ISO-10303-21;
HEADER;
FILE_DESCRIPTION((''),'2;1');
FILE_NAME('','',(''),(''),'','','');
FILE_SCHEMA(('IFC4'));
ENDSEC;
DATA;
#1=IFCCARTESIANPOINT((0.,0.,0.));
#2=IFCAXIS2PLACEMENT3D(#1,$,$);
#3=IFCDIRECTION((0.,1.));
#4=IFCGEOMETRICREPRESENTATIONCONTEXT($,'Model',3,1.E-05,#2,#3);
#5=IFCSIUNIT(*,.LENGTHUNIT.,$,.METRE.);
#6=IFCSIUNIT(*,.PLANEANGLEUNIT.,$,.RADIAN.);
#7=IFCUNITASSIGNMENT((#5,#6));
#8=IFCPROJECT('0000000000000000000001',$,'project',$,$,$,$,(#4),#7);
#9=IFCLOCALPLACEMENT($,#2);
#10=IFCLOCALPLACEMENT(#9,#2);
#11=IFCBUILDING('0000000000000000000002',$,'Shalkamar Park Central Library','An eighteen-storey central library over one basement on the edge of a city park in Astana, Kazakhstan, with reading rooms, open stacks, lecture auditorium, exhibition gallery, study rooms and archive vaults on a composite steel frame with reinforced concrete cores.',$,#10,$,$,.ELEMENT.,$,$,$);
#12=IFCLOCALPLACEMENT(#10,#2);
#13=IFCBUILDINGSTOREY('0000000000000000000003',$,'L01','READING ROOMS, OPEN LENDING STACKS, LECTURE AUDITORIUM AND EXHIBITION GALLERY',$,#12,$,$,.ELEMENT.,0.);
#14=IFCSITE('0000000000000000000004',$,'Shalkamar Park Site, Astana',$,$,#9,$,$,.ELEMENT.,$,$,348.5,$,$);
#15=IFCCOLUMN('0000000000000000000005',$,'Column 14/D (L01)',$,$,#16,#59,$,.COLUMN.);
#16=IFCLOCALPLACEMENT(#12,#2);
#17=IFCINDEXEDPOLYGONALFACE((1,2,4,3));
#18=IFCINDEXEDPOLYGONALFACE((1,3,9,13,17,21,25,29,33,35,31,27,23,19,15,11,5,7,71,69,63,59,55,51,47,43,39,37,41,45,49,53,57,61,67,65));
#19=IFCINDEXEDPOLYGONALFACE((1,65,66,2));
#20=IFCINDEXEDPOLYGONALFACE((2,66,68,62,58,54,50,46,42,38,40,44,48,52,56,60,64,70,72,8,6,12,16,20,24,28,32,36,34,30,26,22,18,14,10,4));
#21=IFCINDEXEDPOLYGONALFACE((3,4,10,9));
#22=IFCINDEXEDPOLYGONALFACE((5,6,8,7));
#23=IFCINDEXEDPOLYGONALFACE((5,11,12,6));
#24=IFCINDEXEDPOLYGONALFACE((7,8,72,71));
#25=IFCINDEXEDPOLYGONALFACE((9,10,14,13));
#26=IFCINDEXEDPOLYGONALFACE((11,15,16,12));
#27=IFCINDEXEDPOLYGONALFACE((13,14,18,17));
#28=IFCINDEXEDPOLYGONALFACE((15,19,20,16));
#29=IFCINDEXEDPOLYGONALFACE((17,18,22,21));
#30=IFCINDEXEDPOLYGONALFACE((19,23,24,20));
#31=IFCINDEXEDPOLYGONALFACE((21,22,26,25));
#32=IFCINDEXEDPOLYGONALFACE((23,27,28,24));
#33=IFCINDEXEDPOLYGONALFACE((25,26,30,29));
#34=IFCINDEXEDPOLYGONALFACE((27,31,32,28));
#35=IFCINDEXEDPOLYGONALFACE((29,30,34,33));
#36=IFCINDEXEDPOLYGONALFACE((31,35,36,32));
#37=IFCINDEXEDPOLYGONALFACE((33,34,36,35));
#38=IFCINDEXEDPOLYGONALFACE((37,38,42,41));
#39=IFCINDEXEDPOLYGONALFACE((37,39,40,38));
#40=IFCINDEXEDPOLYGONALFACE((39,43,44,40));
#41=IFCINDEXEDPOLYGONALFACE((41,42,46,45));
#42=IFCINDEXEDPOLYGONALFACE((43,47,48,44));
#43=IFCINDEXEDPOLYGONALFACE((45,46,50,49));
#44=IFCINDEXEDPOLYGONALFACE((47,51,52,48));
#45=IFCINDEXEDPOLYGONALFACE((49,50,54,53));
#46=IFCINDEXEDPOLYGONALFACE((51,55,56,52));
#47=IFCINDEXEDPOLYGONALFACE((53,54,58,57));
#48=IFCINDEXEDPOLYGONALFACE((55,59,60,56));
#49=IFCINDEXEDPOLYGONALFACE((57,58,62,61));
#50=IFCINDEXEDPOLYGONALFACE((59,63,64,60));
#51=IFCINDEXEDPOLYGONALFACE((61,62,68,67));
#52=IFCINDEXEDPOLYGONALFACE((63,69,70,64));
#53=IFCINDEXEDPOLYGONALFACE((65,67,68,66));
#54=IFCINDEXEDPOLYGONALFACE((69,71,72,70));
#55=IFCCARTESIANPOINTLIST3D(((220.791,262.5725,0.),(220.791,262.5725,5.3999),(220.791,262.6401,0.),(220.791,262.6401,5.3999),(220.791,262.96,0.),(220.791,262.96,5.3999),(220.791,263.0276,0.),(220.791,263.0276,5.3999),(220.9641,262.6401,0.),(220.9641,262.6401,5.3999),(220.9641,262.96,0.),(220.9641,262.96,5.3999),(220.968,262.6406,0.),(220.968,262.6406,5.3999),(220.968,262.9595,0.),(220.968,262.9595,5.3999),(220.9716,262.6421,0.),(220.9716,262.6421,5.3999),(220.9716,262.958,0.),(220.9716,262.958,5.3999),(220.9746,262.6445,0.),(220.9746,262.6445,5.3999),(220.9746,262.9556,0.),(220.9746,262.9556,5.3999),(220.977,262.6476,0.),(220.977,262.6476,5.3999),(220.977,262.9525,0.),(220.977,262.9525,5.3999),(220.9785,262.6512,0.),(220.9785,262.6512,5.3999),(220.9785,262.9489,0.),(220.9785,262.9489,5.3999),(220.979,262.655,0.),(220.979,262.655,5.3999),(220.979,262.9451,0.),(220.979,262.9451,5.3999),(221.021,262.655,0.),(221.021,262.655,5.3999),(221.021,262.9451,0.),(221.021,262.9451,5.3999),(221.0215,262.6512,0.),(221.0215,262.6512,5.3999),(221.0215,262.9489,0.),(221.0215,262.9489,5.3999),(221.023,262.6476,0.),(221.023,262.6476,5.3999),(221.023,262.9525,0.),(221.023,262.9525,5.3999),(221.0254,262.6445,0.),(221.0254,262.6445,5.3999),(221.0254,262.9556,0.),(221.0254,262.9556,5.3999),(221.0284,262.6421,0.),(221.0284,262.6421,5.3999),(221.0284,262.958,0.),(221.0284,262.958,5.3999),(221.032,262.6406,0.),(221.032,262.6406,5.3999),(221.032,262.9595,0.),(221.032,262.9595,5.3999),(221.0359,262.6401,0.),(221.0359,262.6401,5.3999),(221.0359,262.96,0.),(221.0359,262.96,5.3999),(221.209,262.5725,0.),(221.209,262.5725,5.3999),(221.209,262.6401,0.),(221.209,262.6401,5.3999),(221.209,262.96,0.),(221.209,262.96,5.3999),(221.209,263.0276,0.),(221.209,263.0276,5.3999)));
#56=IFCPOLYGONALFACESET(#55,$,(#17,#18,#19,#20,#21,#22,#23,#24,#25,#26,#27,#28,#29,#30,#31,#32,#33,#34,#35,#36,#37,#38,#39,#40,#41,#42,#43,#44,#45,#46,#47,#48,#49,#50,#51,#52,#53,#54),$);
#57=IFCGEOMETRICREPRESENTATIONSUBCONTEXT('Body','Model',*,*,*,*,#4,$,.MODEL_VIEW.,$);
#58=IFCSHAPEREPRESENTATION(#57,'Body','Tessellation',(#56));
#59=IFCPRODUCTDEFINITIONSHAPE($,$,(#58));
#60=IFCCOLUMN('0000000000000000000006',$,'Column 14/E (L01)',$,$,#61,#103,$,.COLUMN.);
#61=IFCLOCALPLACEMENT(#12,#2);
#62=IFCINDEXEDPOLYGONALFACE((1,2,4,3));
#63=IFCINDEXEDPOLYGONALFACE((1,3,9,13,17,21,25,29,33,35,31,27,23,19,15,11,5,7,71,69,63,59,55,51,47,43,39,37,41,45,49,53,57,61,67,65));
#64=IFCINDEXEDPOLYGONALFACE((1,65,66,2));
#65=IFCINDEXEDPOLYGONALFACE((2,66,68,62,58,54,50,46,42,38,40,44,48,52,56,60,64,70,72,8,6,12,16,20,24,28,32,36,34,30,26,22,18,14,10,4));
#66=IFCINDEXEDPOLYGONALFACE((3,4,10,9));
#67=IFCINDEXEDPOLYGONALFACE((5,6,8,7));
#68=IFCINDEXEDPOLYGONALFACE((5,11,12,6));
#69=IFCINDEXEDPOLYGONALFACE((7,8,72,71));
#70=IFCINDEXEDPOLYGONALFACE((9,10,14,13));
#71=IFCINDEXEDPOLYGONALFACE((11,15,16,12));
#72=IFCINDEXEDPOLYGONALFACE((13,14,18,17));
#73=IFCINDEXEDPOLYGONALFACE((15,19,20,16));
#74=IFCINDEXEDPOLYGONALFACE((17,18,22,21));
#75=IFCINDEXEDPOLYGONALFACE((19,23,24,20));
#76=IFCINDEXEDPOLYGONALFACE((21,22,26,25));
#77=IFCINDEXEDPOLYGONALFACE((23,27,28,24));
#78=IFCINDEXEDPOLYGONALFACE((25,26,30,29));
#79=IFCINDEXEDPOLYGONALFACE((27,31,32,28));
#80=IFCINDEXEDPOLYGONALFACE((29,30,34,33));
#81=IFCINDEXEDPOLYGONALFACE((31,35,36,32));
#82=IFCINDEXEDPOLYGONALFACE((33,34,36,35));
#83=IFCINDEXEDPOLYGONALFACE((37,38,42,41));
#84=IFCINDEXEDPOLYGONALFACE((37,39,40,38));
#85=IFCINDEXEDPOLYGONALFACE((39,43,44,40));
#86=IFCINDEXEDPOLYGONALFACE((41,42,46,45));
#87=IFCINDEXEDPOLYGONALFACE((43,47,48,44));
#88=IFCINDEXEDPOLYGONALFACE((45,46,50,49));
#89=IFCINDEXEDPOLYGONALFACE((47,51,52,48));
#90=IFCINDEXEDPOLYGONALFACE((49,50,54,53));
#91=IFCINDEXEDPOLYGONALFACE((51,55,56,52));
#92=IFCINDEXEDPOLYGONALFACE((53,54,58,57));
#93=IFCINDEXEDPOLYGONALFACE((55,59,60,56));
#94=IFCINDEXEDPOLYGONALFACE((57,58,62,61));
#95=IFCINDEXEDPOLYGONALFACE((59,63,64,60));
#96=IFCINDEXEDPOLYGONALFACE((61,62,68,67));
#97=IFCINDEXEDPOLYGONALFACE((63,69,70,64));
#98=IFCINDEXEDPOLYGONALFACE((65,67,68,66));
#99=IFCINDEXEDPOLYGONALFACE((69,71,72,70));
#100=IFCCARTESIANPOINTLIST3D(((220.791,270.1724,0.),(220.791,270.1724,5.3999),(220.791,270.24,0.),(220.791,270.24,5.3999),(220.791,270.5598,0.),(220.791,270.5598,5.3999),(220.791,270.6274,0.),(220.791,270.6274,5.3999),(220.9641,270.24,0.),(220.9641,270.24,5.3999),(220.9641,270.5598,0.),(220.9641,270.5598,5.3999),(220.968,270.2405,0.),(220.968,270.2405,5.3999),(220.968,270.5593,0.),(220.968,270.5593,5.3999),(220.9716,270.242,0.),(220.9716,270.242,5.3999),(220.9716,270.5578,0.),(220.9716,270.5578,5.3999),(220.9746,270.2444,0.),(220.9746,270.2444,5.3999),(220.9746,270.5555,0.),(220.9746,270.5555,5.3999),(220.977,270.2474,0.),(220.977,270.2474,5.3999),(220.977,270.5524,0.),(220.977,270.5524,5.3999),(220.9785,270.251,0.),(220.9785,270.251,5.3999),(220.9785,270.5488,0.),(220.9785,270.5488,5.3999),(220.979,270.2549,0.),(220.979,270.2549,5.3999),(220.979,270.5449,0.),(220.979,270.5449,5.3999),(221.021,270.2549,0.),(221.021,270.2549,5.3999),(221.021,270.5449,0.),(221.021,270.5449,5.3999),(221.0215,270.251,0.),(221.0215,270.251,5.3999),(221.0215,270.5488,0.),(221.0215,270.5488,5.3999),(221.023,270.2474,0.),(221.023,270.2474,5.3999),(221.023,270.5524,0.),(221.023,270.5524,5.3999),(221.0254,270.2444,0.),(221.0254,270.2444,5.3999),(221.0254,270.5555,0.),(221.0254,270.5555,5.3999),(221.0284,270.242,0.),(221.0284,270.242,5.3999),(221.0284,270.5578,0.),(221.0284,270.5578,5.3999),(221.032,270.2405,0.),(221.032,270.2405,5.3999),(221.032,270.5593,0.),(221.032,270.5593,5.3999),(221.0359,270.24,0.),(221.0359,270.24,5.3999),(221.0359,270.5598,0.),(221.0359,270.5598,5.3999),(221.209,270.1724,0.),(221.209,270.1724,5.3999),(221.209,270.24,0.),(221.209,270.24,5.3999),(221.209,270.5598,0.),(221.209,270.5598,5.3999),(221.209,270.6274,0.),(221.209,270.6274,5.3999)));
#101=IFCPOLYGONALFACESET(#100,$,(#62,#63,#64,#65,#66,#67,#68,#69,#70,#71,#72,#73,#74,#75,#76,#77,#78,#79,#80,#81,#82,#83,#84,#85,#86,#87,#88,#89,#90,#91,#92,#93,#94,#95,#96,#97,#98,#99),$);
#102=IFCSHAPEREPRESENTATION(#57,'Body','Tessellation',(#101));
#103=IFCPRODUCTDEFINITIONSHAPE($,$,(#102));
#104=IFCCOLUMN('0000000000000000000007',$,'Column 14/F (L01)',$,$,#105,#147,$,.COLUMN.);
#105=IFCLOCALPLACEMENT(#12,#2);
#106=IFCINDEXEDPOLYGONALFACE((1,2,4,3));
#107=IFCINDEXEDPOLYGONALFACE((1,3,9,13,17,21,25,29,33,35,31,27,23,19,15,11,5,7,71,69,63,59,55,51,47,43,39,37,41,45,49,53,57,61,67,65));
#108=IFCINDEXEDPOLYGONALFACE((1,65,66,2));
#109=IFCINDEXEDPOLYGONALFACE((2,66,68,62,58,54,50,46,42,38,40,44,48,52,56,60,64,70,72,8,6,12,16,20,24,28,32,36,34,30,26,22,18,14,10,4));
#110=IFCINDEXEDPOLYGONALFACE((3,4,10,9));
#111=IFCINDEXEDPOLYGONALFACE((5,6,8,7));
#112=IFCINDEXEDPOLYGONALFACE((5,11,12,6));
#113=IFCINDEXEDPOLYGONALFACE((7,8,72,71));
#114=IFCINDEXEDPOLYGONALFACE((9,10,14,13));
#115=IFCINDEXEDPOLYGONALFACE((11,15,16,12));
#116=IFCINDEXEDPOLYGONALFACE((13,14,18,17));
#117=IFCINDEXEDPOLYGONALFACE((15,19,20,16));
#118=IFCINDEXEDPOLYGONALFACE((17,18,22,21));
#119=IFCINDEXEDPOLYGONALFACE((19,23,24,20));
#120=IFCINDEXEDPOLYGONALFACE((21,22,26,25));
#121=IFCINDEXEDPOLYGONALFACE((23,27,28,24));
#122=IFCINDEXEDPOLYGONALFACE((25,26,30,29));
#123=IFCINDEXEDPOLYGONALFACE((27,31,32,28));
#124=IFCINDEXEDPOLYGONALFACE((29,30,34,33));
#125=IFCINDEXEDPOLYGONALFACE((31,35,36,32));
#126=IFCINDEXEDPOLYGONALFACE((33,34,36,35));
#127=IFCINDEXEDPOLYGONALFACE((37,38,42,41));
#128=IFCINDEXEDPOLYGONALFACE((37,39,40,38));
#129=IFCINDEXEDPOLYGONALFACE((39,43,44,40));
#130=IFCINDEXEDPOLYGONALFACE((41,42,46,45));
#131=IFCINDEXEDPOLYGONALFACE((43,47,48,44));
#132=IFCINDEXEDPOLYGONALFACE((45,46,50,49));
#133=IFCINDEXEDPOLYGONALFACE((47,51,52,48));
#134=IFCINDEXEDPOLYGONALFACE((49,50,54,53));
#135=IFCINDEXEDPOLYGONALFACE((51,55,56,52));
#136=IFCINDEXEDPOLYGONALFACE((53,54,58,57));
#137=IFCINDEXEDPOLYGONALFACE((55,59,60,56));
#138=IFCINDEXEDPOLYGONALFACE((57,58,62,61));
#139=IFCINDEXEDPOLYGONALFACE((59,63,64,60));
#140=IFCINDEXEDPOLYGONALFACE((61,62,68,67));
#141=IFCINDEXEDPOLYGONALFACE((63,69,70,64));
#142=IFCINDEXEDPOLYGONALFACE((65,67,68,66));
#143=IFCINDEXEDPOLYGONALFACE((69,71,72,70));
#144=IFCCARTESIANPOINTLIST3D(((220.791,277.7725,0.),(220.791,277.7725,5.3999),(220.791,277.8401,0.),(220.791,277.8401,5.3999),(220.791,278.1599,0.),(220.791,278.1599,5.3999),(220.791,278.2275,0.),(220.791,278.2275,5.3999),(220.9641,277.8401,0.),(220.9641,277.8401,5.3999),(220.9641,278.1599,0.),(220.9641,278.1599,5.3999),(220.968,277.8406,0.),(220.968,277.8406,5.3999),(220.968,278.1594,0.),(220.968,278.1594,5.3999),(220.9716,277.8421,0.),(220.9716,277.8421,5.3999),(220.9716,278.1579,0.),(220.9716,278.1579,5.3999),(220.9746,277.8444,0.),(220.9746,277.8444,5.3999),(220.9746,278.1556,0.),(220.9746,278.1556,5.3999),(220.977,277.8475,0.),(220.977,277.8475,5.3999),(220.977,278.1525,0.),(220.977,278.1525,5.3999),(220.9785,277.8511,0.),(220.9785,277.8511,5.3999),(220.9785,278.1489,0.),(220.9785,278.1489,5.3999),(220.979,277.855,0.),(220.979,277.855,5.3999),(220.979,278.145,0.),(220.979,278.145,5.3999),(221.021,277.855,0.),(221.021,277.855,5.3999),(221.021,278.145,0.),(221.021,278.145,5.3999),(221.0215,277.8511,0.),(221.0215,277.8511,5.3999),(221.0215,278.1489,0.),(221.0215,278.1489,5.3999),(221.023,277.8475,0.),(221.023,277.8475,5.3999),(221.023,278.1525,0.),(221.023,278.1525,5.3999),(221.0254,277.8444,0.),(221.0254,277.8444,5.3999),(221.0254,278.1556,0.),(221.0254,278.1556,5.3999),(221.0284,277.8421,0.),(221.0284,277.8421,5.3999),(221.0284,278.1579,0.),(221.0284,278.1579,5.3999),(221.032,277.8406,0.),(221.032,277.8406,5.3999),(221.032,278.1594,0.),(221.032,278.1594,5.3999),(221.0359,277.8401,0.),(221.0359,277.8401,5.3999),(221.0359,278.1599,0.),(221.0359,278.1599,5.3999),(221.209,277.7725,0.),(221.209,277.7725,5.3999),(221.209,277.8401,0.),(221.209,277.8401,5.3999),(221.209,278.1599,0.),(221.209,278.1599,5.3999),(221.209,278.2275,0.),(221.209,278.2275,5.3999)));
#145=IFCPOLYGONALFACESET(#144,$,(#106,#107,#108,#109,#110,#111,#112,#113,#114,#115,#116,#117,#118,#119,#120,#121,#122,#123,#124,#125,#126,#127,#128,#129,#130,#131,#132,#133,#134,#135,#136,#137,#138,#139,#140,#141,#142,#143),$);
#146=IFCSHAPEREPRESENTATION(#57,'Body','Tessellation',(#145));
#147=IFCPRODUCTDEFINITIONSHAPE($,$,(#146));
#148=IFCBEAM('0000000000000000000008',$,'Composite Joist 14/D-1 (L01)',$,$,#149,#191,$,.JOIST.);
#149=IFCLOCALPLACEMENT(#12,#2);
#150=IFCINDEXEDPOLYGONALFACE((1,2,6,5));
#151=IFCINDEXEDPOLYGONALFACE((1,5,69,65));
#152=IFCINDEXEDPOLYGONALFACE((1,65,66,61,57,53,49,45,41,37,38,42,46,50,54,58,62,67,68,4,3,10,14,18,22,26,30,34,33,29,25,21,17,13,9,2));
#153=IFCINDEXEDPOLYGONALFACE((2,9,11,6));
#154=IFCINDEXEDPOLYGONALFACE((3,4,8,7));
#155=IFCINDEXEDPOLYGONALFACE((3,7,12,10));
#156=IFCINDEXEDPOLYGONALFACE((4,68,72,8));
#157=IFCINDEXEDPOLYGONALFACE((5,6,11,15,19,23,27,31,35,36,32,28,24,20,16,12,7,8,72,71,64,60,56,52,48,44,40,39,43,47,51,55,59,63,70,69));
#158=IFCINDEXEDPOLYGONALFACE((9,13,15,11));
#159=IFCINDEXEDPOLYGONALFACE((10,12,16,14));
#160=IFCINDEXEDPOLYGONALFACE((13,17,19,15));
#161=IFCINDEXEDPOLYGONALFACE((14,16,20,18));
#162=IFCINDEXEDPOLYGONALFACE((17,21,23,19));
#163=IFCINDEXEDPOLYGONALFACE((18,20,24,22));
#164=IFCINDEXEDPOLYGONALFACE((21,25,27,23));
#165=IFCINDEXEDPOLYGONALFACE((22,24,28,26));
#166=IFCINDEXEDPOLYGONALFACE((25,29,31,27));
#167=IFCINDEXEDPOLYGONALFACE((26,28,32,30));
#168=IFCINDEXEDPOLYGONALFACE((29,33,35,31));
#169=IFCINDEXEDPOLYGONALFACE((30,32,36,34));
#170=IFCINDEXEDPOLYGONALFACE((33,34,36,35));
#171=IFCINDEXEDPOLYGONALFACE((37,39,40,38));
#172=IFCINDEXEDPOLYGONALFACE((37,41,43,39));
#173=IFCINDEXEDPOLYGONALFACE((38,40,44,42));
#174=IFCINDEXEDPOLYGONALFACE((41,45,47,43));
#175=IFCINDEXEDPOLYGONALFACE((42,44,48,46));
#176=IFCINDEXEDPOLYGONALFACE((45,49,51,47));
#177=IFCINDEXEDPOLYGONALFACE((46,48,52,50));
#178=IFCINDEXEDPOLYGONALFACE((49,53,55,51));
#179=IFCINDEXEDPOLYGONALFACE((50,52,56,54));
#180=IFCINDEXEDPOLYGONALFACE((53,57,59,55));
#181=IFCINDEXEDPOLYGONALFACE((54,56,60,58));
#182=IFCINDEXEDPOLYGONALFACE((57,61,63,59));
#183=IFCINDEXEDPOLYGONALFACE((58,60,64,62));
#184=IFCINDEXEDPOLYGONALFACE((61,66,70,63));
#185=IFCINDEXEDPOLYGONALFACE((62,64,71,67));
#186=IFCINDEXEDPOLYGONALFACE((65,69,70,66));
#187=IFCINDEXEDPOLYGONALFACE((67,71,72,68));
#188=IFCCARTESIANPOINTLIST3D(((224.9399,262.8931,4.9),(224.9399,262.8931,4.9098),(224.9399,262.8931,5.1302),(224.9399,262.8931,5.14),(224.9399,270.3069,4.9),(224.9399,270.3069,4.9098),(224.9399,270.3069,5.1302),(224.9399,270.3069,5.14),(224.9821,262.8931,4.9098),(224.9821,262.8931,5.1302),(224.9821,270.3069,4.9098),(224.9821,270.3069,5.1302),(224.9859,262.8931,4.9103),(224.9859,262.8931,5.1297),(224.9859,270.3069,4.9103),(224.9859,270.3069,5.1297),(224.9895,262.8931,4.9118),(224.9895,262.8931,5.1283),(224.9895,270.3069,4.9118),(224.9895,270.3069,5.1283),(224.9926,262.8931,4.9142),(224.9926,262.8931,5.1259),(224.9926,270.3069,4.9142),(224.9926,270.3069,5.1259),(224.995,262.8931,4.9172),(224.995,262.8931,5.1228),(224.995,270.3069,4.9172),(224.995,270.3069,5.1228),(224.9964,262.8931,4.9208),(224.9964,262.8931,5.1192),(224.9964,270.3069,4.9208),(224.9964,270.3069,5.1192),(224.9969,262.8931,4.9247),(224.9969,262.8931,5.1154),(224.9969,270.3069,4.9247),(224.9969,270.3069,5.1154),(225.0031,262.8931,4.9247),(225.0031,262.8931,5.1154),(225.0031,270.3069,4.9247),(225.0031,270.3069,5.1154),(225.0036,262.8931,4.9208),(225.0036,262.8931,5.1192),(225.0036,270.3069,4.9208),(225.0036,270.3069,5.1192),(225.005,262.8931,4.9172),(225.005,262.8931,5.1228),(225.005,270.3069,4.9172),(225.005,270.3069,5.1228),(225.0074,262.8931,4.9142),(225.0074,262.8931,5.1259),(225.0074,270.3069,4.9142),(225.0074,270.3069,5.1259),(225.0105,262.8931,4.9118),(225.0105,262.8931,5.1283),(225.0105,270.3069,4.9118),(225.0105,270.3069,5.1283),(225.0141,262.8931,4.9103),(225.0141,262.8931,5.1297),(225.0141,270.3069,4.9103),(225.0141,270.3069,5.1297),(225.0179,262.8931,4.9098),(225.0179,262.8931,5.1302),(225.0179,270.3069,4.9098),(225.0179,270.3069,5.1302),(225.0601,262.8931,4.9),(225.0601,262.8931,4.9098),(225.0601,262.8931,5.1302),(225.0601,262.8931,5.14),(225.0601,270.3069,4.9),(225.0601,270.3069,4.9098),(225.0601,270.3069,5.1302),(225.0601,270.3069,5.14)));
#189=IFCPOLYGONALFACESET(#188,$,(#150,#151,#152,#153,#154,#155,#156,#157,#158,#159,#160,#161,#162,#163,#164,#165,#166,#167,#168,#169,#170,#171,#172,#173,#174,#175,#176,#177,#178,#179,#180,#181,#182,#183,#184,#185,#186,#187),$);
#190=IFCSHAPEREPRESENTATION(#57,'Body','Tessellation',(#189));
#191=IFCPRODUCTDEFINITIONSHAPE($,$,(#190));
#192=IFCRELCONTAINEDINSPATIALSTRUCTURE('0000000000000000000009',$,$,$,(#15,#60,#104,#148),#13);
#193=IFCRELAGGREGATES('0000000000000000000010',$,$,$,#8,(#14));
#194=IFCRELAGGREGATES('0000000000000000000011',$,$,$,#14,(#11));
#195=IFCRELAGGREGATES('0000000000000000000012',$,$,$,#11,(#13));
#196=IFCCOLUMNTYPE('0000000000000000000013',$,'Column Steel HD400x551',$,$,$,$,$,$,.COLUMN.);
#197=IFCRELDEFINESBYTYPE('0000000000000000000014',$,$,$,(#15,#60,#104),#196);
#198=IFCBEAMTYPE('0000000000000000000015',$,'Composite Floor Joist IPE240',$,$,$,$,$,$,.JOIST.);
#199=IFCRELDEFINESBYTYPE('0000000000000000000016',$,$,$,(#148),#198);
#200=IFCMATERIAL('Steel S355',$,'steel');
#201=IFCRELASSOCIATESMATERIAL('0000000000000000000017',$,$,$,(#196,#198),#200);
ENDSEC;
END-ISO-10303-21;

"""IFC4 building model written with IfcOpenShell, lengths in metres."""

from ifc_helpers import new_model, si_unit, direction, frame, origin, origin_2d, place, context, subcontext, project, spatial, i_section, extrude, material, material_profile, profile_set, type_object, element, save


model = new_model("IFC4")

# Units and contexts
model_context = context("Model", 3, precision=1e-05, world=origin(), true_north=direction((0.0, 1.0)))
body_context = subcontext(model_context, "Body", "Model", "MODEL_VIEW")
ifc_project = project(units=[si_unit("LENGTHUNIT", "METRE"), si_unit("PLANEANGLEUNIT", "RADIAN")], contexts=[model_context])

# Site, building, storey
site_placement = place(None, origin())
site = spatial("IfcSite", under=ifc_project, at=site_placement, Name="Shalkamar Park Site, Astana", CompositionType="ELEMENT", RefElevation=348.5)
building_placement = place(site_placement, origin())
building = spatial("IfcBuilding", under=site, at=building_placement, Name="Shalkamar Park Central Library", Description="An eighteen-storey central library over one basement on the edge of a city park in Astana, Kazakhstan, with reading rooms, open stacks, lecture auditorium, exhibition gallery, study rooms and archive vaults on a composite steel frame with reinforced concrete cores.", CompositionType="ELEMENT")
storey_placement = place(building_placement, origin())
storey = spatial("IfcBuildingStorey", under=building, at=storey_placement, Name="L01", Description="READING ROOMS, OPEN LENDING STACKS, LECTURE AUDITORIUM AND EXHIBITION GALLERY", CompositionType="ELEMENT", Elevation=0.0)

# Columns
ifc_material_1 = material(Name="Steel S355", Category="steel")
ifc_material_profile_1 = material_profile(ifc_material_1, i_section(OverallWidth=0.418, OverallDepth=0.4551, WebThickness=0.042, FlangeThickness=0.0676, FilletRadius=0.0149, at=origin_2d()), Name="HD 400x551")
ifc_profile_set_1 = profile_set([ifc_material_profile_1], Name="Steel S355")
column_type = type_object("IfcColumnType", Name="Column Steel HD400x551", PredefinedType="COLUMN", material=ifc_profile_set_1)
for number, where, z_axis, x_axis, name in (
    (1, (221.0, 262.8, 0.0), (0.0, 0.0, 1.0), (1.0, 0.0, 0.0), "Column 14/D (L01)"),
    (2, (221.0, 270.3999, 0.0), (0.0, 0.0, 1.0), (1.0, 0.0, 0.0), "Column 14/E (L01)"),
    (3, (221.0, 278.0, 0.0), (0.0, 0.0, 1.0), (1.0, 0.0, 0.0), "Column 14/F (L01)"),
):
    element("IfcColumn", number, at=place(storey_placement, frame(where, z_axis=z_axis, x_axis=x_axis)), inside=storey, type_object=column_type, Name=name, PredefinedType="COLUMN", context=body_context, shape_type="SweptSolid", body=[
        extrude(i_section(OverallWidth=0.418, OverallDepth=0.4551, WebThickness=0.042, FlangeThickness=0.0676, FilletRadius=0.0149, at=origin_2d()), origin(), (0.0, 0.0, 1.0), 5.3999),
    ])

# Beam
ifc_material_profile_2 = material_profile(ifc_material_1, i_section(OverallWidth=0.1201, OverallDepth=0.24, WebThickness=0.0061, FlangeThickness=0.0098, FilletRadius=0.0149, at=origin_2d()), Name="IPE 240")
ifc_profile_set_2 = profile_set([ifc_material_profile_2], Name="Steel S355")
beam_type_1 = type_object("IfcBeamType", Name="Composite Floor Joist IPE240", PredefinedType="JOIST", material=ifc_profile_set_2)
beam_1_placement = place(storey_placement, frame((225.0, 262.8931, 5.02), z_axis=(0.0, 1.0, 0.0), x_axis=(-1.0, 0.0, 0.0)))
element("IfcBeam", 4, at=beam_1_placement, inside=storey, type_object=beam_type_1, Name="Composite Joist 14/D-1 (L01)", PredefinedType="JOIST", context=body_context, shape_type="SweptSolid", body=[
    extrude(i_section(OverallWidth=0.1201, OverallDepth=0.24, WebThickness=0.0061, FlangeThickness=0.0098, FilletRadius=0.0149, at=origin_2d()), origin(), (0.0, 0.0, 1.0), 7.4138),
])

save(model, "model.ifc")
